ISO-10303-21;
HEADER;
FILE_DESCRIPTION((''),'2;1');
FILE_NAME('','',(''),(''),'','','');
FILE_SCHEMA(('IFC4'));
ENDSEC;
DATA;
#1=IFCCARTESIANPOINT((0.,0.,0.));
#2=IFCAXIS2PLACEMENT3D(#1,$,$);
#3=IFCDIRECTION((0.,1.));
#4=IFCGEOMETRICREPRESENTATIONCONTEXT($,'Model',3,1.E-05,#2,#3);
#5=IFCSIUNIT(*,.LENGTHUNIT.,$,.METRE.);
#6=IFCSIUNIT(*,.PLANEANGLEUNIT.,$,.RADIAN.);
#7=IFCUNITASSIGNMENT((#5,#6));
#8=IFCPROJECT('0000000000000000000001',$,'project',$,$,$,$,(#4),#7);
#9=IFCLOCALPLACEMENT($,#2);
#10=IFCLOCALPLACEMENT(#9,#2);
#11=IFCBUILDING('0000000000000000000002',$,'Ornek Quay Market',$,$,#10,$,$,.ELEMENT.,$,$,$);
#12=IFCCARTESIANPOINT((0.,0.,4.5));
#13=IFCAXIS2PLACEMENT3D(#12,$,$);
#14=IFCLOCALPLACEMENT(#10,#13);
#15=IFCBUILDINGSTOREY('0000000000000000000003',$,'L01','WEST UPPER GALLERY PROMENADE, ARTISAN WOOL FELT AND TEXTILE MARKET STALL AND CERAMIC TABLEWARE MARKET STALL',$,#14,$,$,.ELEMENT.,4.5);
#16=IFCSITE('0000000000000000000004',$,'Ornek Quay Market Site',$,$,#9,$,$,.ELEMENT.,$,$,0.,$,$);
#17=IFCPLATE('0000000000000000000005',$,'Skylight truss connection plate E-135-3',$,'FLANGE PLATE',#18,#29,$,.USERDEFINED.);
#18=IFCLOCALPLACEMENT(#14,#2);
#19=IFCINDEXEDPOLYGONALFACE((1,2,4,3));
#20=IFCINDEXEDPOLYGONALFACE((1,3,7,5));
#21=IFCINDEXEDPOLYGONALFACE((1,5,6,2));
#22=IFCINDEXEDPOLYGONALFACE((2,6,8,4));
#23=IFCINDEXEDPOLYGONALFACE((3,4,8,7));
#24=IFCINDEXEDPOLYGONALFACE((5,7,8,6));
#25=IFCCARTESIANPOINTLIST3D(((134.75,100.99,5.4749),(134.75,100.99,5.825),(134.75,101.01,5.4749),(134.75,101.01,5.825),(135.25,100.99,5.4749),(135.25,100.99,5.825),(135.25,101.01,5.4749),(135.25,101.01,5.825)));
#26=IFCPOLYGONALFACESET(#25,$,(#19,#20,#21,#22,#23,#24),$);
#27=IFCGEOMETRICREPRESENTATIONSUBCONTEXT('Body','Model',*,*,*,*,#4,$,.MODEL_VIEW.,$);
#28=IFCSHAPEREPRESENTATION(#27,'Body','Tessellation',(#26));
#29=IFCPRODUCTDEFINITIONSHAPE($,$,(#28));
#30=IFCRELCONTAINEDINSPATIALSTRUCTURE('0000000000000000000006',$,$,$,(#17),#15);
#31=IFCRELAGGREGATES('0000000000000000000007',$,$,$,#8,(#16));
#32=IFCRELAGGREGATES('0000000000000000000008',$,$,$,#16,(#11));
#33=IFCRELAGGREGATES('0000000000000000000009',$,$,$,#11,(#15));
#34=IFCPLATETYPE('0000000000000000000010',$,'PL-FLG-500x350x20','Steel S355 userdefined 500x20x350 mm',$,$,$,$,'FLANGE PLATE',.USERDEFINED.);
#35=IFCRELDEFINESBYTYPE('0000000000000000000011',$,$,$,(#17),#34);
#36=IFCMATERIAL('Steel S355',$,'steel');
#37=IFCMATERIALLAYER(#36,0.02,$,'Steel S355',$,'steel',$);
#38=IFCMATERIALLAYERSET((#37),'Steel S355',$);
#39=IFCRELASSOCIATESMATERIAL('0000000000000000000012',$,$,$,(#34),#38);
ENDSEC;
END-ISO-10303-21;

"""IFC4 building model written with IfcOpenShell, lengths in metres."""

from ifc_helpers import new_model, si_unit, direction, frame, origin, origin_2d, place, context, subcontext, project, spatial, rectangle, extrude, material, layer, layer_set, type_object, element, save


model = new_model("IFC4")

# Units and contexts
model_context = context("Model", 3, precision=1e-05, world=origin(), true_north=direction((0.0, 1.0)))
body_context = subcontext(model_context, "Body", "Model", "MODEL_VIEW")
ifc_project = project(units=[si_unit("LENGTHUNIT", "METRE"), si_unit("PLANEANGLEUNIT", "RADIAN")], contexts=[model_context])

# Site, building, storey
site_placement = place(None, origin())
site = spatial("IfcSite", under=ifc_project, at=site_placement, Name="Ornek Quay Market Site", CompositionType="ELEMENT", RefElevation=0.0)
building_placement = place(site_placement, origin())
building = spatial("IfcBuilding", under=site, at=building_placement, Name="Ornek Quay Market", CompositionType="ELEMENT")
storey_placement = place(building_placement, frame((0.0, 0.0, 4.5)))
storey = spatial("IfcBuildingStorey", under=building, at=storey_placement, Name="L01", Description="WEST UPPER GALLERY PROMENADE, ARTISAN WOOL FELT AND TEXTILE MARKET STALL AND CERAMIC TABLEWARE MARKET STALL", CompositionType="ELEMENT", Elevation=4.5)

# Shared definitions
ifc_material_1 = material(Name="Steel S355", Category="steel")

# Plate
ifc_layer_1 = layer(ifc_material_1, 0.02, Name="Steel S355", Category="steel")
ifc_layer_set_1 = layer_set([ifc_layer_1], Name="Steel S355")
plate_type_1 = type_object("IfcPlateType", Name="PL-FLG-500x350x20", Description="Steel S355 userdefined 500x20x350 mm", ElementType="FLANGE PLATE", PredefinedType="USERDEFINED", material=ifc_layer_set_1)
for number, where, z_axis, x_axis, name in (
    (1, (135.0, 101.0, 5.4749), (0.0, 0.0, 1.0), (1.0, 0.0, 0.0), "Skylight truss connection plate E-135-3"),
):
    element("IfcPlate", number, at=place(storey_placement, frame(where, z_axis=z_axis, x_axis=x_axis)), inside=storey, type_object=plate_type_1, Name=name, ObjectType="FLANGE PLATE", PredefinedType="USERDEFINED", context=body_context, shape_type="SweptSolid", body=[
        extrude(rectangle(XDim=0.5, YDim=0.02, at=origin_2d()), origin(), (0.0, 0.0, 1.0), 0.3501),
    ])

save(model, "model.ifc")
